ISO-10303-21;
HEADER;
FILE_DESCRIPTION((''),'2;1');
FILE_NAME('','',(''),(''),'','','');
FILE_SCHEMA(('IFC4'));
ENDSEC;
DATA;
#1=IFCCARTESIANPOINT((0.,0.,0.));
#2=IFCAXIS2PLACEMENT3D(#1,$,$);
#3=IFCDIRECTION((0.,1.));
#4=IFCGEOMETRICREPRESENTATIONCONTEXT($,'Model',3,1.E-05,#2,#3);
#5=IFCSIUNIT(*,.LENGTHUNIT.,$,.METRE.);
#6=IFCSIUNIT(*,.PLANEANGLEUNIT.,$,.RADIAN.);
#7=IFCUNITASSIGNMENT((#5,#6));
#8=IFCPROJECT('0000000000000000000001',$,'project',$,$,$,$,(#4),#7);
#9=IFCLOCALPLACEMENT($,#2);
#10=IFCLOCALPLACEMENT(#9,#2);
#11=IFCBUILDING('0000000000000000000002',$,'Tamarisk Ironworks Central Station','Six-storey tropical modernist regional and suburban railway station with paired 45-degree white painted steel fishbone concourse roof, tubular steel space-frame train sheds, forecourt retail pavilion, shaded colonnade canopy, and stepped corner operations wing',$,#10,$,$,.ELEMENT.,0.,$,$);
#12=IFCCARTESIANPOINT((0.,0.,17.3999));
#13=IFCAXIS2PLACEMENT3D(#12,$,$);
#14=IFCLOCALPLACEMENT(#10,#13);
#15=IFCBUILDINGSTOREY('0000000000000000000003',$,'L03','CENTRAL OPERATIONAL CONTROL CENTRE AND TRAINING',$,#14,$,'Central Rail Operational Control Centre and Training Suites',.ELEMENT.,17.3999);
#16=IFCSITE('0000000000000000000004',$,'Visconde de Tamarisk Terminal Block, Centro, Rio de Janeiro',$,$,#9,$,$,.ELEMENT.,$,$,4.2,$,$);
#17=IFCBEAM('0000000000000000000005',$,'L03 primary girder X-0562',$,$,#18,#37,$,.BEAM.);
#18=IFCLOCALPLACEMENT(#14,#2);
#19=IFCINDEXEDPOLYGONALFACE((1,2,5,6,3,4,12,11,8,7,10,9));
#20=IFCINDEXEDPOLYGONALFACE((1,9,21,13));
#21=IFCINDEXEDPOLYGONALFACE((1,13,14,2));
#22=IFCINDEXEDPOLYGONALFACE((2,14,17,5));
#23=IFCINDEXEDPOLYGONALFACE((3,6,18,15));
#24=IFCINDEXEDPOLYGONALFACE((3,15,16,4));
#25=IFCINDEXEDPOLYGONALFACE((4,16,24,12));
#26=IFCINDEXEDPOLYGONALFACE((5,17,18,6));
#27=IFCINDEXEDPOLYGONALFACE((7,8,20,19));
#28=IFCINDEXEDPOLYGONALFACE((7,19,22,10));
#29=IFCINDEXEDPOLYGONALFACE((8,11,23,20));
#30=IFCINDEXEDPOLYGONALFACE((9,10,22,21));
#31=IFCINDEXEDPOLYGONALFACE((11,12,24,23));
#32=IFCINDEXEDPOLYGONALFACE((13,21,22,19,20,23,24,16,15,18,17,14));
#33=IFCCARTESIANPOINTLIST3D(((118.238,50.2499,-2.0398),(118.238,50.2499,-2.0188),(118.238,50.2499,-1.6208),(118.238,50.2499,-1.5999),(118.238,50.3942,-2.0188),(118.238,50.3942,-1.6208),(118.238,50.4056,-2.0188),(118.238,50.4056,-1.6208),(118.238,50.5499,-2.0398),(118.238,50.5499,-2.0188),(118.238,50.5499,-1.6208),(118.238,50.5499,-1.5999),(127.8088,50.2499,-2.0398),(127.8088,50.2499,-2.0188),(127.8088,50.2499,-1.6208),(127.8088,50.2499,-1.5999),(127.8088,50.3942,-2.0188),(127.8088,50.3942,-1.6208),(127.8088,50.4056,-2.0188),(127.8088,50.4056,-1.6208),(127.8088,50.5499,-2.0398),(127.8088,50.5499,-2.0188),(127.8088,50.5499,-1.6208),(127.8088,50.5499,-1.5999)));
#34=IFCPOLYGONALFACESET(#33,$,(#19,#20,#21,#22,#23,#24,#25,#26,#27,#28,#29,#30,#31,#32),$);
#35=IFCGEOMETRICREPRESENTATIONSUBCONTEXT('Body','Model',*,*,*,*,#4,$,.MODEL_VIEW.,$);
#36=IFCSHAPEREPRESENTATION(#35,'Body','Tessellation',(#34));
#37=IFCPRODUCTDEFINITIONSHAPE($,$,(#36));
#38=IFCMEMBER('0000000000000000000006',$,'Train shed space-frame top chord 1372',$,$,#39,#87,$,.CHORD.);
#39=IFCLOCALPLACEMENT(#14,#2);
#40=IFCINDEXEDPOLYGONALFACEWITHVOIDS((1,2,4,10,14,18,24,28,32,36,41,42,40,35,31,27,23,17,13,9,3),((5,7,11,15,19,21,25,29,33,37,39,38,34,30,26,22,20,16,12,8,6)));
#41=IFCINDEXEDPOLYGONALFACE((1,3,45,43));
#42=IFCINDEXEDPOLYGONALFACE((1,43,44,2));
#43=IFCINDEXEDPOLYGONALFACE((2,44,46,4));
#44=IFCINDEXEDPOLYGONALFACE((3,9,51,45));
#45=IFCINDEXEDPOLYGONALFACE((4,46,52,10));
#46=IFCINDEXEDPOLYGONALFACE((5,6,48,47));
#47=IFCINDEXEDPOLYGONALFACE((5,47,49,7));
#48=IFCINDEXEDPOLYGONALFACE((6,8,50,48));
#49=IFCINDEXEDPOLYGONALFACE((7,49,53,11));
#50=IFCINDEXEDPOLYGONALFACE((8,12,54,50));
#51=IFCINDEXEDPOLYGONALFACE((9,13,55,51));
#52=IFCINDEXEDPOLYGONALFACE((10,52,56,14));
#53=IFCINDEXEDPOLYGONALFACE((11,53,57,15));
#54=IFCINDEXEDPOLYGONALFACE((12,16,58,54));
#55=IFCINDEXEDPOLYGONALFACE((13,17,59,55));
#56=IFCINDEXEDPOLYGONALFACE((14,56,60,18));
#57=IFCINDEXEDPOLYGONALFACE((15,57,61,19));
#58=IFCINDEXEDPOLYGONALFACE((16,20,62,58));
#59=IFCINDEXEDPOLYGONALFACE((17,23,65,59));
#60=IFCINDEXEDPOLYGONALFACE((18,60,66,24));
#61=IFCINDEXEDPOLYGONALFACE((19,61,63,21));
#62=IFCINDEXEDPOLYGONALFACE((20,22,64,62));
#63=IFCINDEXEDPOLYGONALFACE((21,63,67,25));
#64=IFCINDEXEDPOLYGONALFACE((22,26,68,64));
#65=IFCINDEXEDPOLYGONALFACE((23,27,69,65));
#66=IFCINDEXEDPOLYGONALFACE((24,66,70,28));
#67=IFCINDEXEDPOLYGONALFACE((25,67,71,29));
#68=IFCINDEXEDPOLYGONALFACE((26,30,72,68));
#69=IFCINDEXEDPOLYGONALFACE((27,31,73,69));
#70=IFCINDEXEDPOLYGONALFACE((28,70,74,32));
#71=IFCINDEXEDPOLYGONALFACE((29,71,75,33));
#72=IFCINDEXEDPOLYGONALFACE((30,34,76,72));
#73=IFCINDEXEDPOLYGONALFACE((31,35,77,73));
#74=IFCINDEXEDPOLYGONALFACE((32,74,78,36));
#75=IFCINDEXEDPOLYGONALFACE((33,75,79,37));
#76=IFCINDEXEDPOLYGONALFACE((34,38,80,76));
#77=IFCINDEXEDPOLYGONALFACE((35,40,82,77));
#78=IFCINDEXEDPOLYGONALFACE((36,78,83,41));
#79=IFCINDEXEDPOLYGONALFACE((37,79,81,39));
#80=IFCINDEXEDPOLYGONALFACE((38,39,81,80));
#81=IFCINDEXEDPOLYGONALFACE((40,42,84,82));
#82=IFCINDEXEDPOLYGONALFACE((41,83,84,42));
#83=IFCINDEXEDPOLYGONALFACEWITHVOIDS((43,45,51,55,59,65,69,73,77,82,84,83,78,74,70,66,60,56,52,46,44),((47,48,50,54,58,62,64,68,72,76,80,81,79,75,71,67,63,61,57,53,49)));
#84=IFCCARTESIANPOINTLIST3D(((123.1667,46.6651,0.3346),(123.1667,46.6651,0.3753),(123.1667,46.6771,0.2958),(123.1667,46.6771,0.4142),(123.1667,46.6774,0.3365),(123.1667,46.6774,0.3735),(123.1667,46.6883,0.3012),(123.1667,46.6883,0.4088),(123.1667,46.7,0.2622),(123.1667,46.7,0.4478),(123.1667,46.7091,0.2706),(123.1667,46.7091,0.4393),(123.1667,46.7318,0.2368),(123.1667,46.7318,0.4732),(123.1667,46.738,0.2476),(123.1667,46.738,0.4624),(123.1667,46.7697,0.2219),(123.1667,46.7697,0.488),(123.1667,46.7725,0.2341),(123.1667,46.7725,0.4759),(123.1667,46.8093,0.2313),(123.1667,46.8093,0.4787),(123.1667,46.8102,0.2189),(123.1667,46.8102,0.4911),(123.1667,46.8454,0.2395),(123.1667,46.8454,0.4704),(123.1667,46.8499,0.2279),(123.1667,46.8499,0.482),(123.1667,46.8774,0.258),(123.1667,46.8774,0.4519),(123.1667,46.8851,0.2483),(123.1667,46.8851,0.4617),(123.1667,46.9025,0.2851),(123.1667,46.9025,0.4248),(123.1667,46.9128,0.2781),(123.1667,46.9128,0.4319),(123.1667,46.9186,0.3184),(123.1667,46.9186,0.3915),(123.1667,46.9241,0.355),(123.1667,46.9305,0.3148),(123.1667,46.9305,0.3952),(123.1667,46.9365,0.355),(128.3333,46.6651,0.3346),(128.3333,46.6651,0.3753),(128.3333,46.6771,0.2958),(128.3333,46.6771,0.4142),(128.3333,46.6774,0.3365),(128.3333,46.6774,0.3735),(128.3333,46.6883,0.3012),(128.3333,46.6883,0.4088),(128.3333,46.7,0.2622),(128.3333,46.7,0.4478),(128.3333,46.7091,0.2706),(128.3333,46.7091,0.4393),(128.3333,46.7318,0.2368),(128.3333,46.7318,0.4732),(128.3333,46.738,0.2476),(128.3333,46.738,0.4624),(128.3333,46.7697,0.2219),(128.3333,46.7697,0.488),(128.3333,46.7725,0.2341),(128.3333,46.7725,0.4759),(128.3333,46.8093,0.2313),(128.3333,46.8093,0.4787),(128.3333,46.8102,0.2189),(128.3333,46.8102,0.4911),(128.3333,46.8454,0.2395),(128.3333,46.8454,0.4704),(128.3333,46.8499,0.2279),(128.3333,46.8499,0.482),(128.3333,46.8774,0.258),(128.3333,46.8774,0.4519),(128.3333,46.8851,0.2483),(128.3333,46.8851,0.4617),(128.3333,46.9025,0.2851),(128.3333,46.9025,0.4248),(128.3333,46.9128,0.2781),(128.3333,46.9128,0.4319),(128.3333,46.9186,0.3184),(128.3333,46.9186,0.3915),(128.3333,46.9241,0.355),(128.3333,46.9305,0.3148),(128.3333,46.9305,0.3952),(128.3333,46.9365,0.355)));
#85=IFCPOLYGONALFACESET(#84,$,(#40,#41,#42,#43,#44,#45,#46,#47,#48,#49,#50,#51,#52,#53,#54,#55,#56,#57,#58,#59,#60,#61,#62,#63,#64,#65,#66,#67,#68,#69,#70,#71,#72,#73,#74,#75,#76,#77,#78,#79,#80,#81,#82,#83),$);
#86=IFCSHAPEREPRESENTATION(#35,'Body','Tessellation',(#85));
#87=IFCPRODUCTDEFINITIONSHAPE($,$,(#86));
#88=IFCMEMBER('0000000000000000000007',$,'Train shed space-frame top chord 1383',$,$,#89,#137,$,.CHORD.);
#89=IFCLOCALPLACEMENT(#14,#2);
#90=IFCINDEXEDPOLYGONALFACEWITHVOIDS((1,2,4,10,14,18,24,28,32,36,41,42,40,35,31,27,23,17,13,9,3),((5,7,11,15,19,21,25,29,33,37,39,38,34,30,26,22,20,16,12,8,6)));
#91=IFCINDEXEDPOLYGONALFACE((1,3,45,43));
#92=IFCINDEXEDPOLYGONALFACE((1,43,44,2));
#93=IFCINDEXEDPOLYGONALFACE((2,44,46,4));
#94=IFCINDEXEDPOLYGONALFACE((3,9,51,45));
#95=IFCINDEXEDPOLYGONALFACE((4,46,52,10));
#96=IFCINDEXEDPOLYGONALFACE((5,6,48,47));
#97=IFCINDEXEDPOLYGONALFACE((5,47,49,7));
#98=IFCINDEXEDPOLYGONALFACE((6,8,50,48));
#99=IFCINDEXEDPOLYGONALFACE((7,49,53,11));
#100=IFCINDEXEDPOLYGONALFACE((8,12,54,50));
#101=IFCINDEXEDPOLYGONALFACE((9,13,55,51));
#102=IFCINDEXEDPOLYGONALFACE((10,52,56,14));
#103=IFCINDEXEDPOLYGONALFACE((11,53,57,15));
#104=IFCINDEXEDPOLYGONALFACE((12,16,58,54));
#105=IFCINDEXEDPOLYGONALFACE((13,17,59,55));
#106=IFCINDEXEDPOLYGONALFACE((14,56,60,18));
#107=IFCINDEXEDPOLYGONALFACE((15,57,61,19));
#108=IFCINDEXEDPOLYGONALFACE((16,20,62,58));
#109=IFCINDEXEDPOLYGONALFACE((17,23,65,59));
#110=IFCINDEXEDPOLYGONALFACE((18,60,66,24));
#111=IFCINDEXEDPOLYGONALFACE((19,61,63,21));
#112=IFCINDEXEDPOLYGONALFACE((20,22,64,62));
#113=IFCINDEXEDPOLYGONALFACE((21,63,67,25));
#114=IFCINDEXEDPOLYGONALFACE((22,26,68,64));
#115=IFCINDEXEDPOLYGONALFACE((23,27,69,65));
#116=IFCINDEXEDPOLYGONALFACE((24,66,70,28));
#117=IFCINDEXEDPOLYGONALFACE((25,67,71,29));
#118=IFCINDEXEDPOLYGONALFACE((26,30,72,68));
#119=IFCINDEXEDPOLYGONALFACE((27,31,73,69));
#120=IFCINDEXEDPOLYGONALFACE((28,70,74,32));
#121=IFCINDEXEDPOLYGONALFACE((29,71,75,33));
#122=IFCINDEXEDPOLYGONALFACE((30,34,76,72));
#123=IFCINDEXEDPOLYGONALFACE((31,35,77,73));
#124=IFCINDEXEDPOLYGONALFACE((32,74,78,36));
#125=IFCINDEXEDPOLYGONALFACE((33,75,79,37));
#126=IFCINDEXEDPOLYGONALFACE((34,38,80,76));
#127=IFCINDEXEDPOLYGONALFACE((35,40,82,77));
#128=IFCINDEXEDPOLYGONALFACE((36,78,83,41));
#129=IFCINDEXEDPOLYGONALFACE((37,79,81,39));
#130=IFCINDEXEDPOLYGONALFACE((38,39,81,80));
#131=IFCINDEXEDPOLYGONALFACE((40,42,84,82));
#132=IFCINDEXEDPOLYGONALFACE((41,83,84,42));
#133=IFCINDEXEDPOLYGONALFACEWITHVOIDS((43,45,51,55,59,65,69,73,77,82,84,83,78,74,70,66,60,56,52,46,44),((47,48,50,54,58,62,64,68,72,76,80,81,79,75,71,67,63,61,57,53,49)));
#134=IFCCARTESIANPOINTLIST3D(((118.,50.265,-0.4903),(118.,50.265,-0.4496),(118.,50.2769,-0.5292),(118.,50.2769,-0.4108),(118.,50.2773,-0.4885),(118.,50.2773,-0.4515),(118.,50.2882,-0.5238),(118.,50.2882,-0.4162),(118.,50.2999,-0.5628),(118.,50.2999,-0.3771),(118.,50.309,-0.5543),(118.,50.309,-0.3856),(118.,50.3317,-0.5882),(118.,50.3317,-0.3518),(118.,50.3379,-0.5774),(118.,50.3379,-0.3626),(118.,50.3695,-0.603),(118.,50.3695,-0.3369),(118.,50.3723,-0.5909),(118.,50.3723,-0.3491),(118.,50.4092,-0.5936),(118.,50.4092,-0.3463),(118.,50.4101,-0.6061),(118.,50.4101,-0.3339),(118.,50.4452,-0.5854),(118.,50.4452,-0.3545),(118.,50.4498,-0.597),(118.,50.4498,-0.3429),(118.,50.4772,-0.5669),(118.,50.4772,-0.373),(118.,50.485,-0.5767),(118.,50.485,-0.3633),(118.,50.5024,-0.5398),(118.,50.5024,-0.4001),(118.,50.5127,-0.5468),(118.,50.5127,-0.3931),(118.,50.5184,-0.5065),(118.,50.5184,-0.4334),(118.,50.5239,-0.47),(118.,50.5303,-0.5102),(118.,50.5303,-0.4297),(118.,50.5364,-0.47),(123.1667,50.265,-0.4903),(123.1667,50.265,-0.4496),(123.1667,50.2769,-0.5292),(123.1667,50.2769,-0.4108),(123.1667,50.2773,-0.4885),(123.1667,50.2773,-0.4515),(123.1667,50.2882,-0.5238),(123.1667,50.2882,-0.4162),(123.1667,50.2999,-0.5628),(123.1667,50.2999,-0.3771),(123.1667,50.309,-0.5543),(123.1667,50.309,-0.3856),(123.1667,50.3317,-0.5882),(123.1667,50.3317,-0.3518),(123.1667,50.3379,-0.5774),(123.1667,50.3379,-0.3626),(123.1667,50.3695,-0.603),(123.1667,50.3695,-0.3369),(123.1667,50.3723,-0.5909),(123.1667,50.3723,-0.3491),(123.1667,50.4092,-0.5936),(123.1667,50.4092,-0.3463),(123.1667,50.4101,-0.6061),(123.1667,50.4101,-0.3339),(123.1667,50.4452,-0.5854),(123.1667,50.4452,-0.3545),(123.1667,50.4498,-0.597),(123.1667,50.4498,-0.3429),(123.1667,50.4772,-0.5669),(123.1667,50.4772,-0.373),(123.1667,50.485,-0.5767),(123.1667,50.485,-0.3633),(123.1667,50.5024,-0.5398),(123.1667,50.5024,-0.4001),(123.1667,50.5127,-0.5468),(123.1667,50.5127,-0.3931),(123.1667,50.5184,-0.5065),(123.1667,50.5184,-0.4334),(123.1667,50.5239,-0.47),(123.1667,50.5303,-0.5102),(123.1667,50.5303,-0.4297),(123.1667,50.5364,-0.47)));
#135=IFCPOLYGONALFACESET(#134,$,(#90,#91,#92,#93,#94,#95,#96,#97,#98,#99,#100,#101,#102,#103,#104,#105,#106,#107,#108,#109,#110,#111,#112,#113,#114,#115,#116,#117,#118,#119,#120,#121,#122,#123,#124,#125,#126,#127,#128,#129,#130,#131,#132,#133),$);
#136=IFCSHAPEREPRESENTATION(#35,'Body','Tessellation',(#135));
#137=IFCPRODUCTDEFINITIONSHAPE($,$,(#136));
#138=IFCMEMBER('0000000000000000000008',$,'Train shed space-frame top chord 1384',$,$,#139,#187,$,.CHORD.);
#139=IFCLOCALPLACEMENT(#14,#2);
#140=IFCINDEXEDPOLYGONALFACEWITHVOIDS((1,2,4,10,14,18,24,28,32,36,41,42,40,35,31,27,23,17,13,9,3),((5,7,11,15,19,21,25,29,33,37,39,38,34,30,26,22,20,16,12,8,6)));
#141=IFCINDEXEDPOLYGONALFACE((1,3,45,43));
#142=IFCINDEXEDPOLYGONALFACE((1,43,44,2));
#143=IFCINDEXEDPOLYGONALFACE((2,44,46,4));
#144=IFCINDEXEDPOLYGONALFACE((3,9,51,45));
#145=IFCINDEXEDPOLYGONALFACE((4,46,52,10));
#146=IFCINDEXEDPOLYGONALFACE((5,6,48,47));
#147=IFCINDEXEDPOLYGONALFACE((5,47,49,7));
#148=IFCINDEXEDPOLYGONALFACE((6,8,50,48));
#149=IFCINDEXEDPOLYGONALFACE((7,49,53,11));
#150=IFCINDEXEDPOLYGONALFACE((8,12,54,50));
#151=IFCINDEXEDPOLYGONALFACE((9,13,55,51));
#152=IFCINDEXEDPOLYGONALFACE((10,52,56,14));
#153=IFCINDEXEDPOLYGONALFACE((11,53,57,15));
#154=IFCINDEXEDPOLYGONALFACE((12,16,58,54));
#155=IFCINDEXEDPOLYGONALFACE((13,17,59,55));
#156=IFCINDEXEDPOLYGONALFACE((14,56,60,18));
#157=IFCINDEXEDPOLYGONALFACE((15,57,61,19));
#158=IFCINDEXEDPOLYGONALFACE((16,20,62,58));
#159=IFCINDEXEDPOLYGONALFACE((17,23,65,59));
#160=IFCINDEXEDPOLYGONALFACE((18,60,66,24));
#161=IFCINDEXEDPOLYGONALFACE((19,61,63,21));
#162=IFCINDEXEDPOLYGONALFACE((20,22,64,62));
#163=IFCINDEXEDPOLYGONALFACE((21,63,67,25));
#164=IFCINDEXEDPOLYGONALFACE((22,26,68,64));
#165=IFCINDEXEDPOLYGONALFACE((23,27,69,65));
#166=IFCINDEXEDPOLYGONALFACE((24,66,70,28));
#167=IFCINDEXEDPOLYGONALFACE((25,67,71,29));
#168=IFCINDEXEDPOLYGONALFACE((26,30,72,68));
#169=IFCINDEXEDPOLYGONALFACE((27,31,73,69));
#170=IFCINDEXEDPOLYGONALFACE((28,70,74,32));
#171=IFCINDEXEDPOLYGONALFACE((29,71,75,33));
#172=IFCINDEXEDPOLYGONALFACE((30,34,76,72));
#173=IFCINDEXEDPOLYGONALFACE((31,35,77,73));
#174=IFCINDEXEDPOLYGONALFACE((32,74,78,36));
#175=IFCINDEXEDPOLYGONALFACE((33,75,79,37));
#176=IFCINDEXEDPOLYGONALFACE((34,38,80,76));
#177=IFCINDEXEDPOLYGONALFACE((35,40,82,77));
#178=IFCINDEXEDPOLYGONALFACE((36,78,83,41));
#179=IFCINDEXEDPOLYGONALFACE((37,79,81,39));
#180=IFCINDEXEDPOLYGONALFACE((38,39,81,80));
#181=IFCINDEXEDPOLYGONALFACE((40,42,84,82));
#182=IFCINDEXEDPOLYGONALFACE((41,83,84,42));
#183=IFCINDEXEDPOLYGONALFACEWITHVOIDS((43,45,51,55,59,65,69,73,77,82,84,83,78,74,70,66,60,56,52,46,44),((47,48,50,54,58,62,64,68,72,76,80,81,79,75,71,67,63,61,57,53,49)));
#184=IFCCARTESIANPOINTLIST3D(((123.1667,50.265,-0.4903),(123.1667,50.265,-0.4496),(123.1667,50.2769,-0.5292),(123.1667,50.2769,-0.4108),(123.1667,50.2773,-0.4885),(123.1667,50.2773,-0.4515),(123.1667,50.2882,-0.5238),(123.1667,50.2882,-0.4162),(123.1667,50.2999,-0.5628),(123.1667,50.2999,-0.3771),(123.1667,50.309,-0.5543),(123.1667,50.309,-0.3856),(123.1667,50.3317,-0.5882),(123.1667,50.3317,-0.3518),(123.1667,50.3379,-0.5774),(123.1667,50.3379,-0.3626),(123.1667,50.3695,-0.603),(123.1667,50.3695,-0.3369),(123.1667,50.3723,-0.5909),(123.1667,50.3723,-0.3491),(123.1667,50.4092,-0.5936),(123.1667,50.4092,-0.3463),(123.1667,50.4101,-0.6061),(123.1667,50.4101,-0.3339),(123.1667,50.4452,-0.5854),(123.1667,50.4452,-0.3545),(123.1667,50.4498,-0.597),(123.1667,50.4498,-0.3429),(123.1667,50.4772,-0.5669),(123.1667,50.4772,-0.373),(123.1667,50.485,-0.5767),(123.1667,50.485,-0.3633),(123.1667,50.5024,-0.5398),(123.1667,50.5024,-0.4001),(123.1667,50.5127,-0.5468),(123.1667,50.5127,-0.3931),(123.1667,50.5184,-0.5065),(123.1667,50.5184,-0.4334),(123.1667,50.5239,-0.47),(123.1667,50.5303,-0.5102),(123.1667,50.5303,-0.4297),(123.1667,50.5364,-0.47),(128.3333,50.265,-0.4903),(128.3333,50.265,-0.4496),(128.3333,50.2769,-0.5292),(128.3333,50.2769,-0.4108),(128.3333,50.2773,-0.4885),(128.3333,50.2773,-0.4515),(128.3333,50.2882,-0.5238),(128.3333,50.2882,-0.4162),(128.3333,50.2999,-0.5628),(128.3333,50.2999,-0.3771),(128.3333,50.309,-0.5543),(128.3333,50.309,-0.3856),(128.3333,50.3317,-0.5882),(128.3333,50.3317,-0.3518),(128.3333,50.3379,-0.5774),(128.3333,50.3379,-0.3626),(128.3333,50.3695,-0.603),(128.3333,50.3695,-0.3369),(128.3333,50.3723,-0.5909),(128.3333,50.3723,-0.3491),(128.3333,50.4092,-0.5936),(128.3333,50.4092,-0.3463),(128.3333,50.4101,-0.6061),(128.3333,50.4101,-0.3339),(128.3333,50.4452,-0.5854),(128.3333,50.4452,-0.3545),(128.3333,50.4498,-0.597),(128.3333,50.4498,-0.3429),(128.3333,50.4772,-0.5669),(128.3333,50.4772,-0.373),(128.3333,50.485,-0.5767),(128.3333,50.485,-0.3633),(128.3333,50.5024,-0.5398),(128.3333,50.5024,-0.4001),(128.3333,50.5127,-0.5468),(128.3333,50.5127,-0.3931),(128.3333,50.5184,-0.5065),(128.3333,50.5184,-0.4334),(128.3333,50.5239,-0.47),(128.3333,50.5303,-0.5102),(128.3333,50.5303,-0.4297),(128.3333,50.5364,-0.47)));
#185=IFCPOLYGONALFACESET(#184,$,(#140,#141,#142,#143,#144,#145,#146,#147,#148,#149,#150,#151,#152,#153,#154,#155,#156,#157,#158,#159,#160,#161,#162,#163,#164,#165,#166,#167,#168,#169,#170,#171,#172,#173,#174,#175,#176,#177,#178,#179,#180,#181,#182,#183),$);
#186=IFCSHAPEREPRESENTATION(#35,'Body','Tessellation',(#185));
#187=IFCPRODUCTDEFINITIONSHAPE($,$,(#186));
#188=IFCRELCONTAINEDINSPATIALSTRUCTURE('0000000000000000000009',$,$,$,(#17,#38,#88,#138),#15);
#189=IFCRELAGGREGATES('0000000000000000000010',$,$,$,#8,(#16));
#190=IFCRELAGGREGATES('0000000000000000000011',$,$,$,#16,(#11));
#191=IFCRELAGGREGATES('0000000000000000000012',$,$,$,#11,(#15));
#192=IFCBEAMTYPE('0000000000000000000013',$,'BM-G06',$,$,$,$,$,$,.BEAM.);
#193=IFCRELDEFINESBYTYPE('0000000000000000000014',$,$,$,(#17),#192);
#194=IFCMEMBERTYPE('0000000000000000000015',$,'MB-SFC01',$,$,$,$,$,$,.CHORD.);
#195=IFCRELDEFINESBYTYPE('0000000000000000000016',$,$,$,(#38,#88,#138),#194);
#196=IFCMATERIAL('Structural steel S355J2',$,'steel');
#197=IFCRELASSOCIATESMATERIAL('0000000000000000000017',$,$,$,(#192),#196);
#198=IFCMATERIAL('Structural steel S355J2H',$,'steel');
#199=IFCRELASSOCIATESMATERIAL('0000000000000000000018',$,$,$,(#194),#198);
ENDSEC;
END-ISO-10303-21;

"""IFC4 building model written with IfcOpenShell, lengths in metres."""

from ifc_helpers import new_model, si_unit, direction, frame, origin, origin_2d, place, context, subcontext, project, spatial, hollow_circle, i_section, extrude, material, material_profile, profile_set, type_object, element, save


model = new_model("IFC4")

# Units and contexts
model_context = context("Model", 3, precision=1e-05, world=origin(), true_north=direction((0.0, 1.0)))
body_context = subcontext(model_context, "Body", "Model", "MODEL_VIEW")
ifc_project = project(units=[si_unit("LENGTHUNIT", "METRE"), si_unit("PLANEANGLEUNIT", "RADIAN")], contexts=[model_context])

# Site, building, storey
site_placement = place(None, origin())
site = spatial("IfcSite", under=ifc_project, at=site_placement, Name="Visconde de Tamarisk Terminal Block, Centro, Rio de Janeiro", CompositionType="ELEMENT", RefElevation=4.2)
building_placement = place(site_placement, origin())
building = spatial("IfcBuilding", under=site, at=building_placement, Name="Tamarisk Ironworks Central Station", Description="Six-storey tropical modernist regional and suburban railway station with paired 45-degree white painted steel fishbone concourse roof, tubular steel space-frame train sheds, forecourt retail pavilion, shaded colonnade canopy, and stepped corner operations wing", CompositionType="ELEMENT", ElevationOfRefHeight=0.0)
storey_placement = place(building_placement, frame((0.0, 0.0, 17.3999)))
storey = spatial("IfcBuildingStorey", under=building, at=storey_placement, Name="L03", Description="CENTRAL OPERATIONAL CONTROL CENTRE AND TRAINING", LongName="Central Rail Operational Control Centre and Training Suites", CompositionType="ELEMENT", Elevation=17.3999)

# Beam
ifc_material_1 = material(Name="Structural steel S355J2", Category="steel")
ifc_material_profile_1 = material_profile(ifc_material_1, i_section(OverallWidth=0.3, OverallDepth=0.4399, WebThickness=0.0115, FlangeThickness=0.021, at=origin_2d()), Name="HEA 450")
ifc_profile_set_1 = profile_set([ifc_material_profile_1], Name="Structural steel S355J2")
beam_type = type_object("IfcBeamType", Name="BM-G06", PredefinedType="BEAM", material=ifc_profile_set_1)
beam_placement = place(storey_placement, frame((118.238, 50.3999, -1.8198), z_axis=(1.0, 0.0, 0.0), x_axis=(0.0, 1.0, 0.0)))
element("IfcBeam", 1, at=beam_placement, inside=storey, type_object=beam_type, Name="L03 primary girder X-0562", PredefinedType="BEAM", context=body_context, shape_type="SweptSolid", body=[
    extrude(i_section(OverallWidth=0.3, OverallDepth=0.4399, WebThickness=0.0115, FlangeThickness=0.021, at=origin_2d()), origin(), (0.0, 0.0, 1.0), 9.5708),
])

# Members
ifc_material_2 = material(Name="Structural steel S355J2H", Category="steel")
ifc_material_profile_2 = material_profile(ifc_material_2, hollow_circle(Radius=0.1365, WallThickness=0.0125, at=origin_2d()), Name="CHS 273x12.5")
ifc_profile_set_2 = profile_set([ifc_material_profile_2], Name="Structural steel S355J2H")
member_type_1 = type_object("IfcMemberType", Name="MB-SFC01", PredefinedType="CHORD", material=ifc_profile_set_2)
member_1_placement = place(storey_placement, frame((123.1667, 46.8, 0.355), z_axis=(1.0, 0.0, 0.0), x_axis=(0.0, 1.0, 0.0)))
element("IfcMember", 2, at=member_1_placement, inside=storey, type_object=member_type_1, Name="Train shed space-frame top chord 1372", PredefinedType="CHORD", context=body_context, shape_type="SweptSolid", body=[
    extrude(hollow_circle(Radius=0.1365, WallThickness=0.0125, at=origin_2d()), origin(), (0.0, 0.0, 1.0), 5.1665),
])
member_2_placement = place(storey_placement, frame((118.0, 50.3999, -0.47), z_axis=(1.0, 0.0, 0.0), x_axis=(0.0, 1.0, 0.0)))
element("IfcMember", 3, at=member_2_placement, inside=storey, type_object=member_type_1, Name="Train shed space-frame top chord 1383", PredefinedType="CHORD", context=body_context, shape_type="SweptSolid", body=[
    extrude(hollow_circle(Radius=0.1365, WallThickness=0.0125, at=origin_2d()), origin(), (0.0, 0.0, 1.0), 5.1667),
])
member_3_placement = place(storey_placement, frame((123.1667, 50.3999, -0.47), z_axis=(1.0, 0.0, 0.0), x_axis=(0.0, 1.0, 0.0)))
element("IfcMember", 4, at=member_3_placement, inside=storey, type_object=member_type_1, Name="Train shed space-frame top chord 1384", PredefinedType="CHORD", context=body_context, shape_type="SweptSolid", body=[
    extrude(hollow_circle(Radius=0.1365, WallThickness=0.0125, at=origin_2d()), origin(), (0.0, 0.0, 1.0), 5.1665),
])

save(model, "model.ifc")
